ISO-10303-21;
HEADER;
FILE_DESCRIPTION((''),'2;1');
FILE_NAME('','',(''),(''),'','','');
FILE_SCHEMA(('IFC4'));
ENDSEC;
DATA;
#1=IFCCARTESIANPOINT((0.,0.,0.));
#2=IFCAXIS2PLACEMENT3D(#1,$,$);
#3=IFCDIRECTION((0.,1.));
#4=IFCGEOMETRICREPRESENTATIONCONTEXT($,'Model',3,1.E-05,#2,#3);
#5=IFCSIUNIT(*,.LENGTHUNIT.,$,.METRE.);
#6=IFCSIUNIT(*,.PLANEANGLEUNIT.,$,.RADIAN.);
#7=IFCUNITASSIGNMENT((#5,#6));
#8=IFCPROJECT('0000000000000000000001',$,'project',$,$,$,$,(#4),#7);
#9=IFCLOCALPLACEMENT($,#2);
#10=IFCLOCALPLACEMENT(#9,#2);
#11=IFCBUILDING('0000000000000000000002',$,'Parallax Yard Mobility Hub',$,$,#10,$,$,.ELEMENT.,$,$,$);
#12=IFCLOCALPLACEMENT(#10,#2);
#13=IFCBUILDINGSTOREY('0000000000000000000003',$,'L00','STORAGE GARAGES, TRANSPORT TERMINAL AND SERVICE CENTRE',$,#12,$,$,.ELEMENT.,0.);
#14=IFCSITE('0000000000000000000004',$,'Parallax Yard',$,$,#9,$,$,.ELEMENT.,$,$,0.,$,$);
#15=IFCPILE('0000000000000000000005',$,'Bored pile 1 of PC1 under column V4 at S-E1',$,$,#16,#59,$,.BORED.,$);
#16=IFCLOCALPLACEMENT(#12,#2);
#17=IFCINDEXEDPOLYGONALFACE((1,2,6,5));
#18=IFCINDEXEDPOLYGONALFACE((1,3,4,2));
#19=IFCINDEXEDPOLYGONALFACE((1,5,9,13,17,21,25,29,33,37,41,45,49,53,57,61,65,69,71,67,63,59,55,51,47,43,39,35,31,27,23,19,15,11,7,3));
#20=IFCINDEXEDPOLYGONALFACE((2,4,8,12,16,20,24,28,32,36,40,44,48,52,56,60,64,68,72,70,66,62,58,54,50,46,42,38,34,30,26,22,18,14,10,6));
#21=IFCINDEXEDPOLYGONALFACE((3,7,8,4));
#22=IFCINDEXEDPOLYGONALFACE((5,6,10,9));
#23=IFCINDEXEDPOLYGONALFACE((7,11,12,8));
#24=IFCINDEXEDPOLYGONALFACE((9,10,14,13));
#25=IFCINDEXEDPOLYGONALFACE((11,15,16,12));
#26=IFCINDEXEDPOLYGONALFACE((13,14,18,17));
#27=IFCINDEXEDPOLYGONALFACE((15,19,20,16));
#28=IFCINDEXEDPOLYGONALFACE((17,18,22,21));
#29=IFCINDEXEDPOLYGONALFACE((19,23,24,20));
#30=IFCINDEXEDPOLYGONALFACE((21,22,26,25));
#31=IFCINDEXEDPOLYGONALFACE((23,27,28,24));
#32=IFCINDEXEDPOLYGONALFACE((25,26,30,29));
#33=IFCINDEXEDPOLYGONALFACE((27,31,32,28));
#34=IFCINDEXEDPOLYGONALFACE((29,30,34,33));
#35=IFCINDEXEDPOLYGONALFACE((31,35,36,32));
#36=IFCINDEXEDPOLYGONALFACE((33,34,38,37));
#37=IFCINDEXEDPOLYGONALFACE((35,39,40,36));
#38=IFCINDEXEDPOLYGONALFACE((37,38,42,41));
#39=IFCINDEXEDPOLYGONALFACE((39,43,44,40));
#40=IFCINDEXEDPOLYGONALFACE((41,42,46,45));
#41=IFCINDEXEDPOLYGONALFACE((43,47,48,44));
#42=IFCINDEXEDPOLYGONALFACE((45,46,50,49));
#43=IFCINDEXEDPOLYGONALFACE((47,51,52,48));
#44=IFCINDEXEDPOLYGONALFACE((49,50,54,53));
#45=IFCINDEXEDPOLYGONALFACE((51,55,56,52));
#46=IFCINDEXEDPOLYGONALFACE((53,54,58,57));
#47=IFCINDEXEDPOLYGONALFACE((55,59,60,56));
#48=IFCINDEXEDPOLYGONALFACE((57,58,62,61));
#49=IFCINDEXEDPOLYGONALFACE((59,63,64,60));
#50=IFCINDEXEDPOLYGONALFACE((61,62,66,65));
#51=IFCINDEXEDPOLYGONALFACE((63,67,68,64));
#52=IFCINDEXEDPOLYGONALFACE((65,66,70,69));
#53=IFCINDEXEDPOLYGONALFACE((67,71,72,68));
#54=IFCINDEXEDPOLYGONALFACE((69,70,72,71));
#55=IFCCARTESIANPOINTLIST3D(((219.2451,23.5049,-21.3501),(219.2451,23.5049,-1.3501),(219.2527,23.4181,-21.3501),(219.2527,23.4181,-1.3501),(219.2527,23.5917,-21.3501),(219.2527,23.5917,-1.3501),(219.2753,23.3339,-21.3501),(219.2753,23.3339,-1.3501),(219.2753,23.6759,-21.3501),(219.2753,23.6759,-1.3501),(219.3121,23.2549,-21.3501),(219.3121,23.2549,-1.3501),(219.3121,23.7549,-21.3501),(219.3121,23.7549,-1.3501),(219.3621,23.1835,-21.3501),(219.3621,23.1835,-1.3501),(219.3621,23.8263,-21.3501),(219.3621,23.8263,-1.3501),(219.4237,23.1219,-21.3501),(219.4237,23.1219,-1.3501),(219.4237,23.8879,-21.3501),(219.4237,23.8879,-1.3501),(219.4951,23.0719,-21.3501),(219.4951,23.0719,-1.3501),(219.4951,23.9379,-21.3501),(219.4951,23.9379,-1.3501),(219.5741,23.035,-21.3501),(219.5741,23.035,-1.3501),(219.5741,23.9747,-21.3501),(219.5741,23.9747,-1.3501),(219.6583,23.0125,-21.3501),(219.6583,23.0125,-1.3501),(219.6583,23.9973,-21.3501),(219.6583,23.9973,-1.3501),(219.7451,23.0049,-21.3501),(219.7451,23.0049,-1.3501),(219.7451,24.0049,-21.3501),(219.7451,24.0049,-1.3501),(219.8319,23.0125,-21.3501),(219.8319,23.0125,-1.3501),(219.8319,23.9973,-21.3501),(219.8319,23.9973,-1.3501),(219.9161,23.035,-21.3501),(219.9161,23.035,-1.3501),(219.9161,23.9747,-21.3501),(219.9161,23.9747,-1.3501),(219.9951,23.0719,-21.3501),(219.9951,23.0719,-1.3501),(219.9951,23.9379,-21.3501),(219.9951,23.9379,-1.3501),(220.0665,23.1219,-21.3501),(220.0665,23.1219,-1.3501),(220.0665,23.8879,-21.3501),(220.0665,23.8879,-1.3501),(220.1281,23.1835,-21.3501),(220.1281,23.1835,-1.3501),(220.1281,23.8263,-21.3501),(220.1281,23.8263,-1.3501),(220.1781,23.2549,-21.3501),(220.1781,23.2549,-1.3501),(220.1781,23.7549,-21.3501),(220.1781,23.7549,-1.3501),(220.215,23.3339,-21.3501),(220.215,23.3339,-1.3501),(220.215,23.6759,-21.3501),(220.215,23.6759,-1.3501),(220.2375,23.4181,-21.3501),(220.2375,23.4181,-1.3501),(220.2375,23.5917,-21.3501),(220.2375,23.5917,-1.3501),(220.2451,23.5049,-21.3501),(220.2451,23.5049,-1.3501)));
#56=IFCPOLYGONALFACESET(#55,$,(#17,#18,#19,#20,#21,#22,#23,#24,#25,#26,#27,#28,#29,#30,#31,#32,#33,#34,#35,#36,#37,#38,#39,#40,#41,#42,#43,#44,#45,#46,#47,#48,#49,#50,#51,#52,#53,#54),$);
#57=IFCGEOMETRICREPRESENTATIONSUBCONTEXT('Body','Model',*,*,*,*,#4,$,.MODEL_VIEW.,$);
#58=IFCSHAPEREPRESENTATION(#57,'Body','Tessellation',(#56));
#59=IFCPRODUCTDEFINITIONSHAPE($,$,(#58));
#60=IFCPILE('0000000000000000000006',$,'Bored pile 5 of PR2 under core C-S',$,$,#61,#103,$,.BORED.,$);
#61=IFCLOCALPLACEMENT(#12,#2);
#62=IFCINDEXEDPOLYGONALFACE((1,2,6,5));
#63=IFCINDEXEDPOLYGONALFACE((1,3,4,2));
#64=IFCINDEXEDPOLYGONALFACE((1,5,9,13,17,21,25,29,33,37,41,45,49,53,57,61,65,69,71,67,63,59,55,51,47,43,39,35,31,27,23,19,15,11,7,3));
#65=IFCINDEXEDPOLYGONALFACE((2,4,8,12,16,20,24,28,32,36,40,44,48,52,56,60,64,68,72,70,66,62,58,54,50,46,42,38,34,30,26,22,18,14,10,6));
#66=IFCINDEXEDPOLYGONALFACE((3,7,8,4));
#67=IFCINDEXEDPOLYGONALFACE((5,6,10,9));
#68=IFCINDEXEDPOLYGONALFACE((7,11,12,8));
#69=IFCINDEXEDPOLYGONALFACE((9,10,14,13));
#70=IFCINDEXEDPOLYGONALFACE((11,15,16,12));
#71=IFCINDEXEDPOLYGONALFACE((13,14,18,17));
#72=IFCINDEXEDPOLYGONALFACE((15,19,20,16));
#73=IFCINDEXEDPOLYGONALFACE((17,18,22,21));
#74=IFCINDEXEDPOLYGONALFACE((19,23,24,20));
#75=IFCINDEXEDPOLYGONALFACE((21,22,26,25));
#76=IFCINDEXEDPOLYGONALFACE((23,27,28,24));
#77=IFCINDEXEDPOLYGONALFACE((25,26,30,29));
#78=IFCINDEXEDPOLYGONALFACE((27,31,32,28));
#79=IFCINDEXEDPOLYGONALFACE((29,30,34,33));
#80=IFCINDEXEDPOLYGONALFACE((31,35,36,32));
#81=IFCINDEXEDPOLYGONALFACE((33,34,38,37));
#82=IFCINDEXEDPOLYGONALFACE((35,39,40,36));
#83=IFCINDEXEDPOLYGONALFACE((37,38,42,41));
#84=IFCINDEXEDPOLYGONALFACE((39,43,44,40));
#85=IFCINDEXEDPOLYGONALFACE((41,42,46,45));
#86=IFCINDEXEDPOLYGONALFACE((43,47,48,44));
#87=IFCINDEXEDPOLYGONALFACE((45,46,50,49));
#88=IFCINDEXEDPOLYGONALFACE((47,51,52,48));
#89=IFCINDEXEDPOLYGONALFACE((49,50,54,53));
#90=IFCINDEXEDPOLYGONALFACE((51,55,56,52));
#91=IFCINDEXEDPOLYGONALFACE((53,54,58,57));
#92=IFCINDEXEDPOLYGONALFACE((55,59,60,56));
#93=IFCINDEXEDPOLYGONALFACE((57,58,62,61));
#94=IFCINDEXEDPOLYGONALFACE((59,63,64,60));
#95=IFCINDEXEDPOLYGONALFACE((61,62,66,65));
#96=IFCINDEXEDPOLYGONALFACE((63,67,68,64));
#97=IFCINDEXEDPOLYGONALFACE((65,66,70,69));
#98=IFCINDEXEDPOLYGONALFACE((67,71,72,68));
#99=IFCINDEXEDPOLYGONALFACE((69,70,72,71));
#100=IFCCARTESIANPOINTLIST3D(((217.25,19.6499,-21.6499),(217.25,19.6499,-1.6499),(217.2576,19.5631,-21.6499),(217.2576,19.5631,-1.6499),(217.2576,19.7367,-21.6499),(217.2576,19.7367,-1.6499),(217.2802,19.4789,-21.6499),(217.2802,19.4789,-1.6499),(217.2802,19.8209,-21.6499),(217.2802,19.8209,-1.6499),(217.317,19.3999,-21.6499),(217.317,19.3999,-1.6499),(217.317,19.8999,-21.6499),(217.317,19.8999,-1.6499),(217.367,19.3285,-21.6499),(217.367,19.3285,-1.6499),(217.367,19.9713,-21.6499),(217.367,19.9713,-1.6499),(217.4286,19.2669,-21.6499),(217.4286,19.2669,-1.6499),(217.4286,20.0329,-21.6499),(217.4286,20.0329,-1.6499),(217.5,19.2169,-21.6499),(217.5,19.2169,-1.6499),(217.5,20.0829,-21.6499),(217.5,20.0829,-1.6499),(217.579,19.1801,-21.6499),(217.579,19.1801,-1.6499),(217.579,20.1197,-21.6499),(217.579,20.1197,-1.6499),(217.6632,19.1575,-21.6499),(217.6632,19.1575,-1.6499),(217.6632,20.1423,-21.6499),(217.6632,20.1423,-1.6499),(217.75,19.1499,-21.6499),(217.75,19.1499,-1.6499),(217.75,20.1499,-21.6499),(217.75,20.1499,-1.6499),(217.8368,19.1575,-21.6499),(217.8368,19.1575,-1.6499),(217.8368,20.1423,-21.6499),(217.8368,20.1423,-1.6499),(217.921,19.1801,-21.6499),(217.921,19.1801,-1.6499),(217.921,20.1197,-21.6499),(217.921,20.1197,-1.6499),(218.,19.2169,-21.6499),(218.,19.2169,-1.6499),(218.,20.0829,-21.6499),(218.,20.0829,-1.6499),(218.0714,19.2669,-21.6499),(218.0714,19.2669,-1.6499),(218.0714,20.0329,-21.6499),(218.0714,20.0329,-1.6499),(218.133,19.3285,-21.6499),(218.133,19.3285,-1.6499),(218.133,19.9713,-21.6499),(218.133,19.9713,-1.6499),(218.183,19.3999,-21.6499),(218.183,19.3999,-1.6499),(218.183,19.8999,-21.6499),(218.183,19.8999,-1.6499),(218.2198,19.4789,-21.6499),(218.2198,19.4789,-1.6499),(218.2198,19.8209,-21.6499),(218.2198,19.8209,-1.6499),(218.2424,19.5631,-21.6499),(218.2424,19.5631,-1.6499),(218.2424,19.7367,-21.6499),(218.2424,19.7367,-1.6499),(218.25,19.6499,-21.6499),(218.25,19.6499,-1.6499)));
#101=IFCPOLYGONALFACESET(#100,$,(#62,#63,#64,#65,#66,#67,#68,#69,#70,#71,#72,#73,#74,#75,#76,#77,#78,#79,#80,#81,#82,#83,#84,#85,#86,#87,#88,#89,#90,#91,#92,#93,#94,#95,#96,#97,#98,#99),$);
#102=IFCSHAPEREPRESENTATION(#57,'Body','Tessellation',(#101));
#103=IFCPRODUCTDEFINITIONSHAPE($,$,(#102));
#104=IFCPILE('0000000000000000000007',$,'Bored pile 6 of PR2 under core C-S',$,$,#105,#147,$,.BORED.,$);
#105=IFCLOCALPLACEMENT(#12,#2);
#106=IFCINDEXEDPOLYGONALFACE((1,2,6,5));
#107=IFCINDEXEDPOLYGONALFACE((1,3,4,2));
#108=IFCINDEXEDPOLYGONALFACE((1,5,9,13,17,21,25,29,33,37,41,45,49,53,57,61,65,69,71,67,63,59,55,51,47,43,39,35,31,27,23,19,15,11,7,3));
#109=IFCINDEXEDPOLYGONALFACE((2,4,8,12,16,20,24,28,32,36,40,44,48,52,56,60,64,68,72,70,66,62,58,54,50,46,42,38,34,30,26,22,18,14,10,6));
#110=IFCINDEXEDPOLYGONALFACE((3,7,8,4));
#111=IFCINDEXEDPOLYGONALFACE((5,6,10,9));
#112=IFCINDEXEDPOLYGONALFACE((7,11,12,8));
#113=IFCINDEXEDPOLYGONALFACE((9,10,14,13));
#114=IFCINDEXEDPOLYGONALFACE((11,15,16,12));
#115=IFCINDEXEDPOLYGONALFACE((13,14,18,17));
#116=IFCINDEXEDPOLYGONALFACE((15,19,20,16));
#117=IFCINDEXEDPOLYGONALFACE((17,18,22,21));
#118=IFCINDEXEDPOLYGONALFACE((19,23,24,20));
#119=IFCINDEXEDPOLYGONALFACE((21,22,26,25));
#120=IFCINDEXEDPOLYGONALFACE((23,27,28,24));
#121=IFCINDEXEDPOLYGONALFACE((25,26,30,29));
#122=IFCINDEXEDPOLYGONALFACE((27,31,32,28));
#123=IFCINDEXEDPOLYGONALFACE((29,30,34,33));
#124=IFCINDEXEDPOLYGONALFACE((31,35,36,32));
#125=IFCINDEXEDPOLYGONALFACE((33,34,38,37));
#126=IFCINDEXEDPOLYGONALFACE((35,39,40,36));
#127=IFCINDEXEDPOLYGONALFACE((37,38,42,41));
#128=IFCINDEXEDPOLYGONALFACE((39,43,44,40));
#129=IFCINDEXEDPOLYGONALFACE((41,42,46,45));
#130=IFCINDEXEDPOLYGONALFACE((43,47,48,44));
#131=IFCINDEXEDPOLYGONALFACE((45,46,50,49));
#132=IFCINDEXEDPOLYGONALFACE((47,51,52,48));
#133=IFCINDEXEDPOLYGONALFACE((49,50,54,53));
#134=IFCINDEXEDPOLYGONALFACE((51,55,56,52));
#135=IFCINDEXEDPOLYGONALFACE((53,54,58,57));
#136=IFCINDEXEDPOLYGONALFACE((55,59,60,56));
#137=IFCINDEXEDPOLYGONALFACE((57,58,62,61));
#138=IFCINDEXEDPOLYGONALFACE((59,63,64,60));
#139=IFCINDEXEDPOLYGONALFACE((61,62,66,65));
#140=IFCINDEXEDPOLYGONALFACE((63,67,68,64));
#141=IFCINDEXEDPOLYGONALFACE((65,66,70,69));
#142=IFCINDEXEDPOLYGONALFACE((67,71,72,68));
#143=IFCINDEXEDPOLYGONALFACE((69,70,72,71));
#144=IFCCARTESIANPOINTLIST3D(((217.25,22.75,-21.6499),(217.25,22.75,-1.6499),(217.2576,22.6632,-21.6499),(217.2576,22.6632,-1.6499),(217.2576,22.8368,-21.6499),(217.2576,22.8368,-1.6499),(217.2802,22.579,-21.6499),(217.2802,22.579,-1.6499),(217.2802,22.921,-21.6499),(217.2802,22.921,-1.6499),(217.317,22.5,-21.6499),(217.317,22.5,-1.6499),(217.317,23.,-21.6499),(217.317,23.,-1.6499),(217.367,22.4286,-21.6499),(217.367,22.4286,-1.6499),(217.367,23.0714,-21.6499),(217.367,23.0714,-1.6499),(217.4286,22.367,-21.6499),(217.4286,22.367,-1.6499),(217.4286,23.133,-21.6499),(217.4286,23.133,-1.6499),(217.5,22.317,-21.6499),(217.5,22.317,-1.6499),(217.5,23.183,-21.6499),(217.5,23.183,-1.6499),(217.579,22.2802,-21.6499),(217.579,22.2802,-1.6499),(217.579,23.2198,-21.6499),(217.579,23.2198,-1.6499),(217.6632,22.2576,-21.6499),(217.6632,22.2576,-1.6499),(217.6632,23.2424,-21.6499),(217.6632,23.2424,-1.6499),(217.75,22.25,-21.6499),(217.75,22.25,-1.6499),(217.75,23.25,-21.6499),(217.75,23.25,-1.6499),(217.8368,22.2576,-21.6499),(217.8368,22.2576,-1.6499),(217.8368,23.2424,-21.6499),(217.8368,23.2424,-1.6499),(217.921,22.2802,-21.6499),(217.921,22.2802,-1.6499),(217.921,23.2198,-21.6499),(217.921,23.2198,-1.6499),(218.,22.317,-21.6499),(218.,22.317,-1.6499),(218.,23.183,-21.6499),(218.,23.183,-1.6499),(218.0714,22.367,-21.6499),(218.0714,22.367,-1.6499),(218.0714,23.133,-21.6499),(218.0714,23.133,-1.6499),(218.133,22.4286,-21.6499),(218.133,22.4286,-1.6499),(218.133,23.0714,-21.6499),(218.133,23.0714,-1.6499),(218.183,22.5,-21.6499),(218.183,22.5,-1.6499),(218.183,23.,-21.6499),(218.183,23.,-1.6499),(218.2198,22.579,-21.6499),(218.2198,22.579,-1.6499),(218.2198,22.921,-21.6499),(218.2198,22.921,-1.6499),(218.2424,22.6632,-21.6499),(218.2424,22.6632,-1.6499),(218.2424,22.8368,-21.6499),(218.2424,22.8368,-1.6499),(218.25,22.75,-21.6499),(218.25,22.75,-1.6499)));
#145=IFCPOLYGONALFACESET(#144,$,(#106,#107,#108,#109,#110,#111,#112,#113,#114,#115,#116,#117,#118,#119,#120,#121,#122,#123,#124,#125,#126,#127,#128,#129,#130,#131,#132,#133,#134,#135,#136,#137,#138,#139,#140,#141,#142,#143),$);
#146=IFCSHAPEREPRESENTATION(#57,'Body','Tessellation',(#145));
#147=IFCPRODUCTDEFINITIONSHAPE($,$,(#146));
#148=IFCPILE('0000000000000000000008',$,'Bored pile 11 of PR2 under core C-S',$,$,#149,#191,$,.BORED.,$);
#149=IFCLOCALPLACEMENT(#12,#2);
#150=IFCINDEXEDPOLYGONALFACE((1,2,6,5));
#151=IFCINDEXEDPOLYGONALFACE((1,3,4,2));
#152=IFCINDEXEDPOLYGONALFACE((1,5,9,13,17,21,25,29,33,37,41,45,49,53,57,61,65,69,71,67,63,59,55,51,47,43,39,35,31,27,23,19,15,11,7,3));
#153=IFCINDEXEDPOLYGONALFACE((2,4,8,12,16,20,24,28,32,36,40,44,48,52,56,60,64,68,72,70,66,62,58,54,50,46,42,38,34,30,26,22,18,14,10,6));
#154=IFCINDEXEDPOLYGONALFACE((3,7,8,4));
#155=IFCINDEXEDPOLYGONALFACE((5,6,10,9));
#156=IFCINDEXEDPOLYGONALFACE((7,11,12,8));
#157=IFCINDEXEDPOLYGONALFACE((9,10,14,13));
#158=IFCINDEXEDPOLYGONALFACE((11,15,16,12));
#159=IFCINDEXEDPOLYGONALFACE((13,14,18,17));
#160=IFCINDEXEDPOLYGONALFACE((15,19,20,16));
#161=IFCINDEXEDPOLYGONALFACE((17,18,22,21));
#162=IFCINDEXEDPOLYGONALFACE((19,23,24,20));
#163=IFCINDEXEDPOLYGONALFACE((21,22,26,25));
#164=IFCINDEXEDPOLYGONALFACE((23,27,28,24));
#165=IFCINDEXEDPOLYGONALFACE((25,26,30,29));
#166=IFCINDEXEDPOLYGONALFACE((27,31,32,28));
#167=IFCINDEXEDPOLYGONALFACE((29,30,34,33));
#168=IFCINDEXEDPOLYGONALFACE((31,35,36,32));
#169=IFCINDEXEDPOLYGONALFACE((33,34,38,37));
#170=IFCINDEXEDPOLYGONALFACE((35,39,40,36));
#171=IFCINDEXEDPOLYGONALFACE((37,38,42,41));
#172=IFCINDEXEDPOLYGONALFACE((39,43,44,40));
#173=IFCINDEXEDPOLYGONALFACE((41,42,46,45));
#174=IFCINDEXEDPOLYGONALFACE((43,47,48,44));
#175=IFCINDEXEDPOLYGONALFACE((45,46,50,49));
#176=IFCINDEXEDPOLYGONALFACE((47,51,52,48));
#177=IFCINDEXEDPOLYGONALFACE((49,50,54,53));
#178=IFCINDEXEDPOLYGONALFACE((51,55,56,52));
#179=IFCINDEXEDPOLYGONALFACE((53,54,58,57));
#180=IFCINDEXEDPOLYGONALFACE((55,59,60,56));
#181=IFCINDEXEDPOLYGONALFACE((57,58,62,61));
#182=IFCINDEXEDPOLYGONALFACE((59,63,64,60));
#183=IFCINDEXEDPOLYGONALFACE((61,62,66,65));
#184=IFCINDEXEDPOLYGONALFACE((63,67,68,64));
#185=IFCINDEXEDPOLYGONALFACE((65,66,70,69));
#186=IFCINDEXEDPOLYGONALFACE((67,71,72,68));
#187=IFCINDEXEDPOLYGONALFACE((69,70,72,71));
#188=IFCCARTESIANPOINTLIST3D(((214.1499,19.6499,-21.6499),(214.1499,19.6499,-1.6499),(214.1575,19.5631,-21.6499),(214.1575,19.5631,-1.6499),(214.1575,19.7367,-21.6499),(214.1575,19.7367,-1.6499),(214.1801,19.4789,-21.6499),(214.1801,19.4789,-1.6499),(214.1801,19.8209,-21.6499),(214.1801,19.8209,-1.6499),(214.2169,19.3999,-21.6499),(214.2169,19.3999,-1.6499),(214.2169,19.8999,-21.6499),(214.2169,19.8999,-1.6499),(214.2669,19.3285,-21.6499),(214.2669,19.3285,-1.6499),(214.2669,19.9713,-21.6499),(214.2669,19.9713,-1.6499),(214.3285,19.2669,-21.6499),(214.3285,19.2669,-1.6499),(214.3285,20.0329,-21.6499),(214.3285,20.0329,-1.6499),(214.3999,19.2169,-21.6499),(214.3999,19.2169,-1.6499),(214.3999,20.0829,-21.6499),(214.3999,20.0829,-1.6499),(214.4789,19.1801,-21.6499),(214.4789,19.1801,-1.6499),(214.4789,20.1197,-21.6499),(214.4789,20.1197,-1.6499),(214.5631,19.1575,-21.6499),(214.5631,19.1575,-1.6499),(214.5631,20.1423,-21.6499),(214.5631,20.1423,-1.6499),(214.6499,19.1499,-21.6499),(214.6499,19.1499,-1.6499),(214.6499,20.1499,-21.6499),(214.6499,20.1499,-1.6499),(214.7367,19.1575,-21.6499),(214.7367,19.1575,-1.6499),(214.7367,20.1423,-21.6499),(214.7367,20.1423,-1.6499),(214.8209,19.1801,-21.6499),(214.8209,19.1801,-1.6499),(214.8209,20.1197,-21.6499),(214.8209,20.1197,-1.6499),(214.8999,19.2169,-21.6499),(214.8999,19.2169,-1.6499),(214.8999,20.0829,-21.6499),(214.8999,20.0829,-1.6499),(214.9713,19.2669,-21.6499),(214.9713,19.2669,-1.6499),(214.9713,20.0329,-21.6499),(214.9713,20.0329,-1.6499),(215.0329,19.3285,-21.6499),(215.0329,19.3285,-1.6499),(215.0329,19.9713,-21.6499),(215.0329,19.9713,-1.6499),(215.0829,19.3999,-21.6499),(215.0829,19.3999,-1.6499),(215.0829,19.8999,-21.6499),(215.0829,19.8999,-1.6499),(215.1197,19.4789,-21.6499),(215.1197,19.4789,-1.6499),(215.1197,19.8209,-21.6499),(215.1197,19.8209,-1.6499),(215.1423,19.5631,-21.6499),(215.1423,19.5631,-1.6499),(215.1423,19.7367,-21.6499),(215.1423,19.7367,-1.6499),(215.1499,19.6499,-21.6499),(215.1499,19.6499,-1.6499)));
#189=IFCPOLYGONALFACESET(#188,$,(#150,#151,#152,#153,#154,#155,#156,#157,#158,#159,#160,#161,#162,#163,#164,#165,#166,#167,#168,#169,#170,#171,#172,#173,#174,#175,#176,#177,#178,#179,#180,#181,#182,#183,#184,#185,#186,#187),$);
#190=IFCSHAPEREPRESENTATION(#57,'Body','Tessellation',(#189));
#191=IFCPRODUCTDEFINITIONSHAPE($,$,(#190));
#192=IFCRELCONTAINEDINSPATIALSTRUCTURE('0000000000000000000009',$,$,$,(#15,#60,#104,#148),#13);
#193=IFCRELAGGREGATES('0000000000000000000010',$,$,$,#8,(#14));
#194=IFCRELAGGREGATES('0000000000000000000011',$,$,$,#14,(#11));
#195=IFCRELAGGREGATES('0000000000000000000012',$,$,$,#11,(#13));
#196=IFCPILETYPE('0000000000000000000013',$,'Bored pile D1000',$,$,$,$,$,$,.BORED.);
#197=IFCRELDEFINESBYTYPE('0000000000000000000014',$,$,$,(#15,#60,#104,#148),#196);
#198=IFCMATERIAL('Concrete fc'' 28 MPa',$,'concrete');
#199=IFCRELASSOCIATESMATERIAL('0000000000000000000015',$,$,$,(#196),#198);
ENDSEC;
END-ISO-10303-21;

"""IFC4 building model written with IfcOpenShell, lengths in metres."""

from ifc_helpers import new_model, si_unit, direction, frame, origin, origin_2d, place, context, subcontext, project, spatial, circle, extrude, material, material_profile, profile_set, type_object, element, save


model = new_model("IFC4")

# Units and contexts
model_context = context("Model", 3, precision=1e-05, world=origin(), true_north=direction((0.0, 1.0)))
body_context = subcontext(model_context, "Body", "Model", "MODEL_VIEW")
ifc_project = project(units=[si_unit("LENGTHUNIT", "METRE"), si_unit("PLANEANGLEUNIT", "RADIAN")], contexts=[model_context])

# Site, building, storey
site_placement = place(None, origin())
site = spatial("IfcSite", under=ifc_project, at=site_placement, Name="Parallax Yard", CompositionType="ELEMENT", RefElevation=0.0)
building_placement = place(site_placement, origin())
building = spatial("IfcBuilding", under=site, at=building_placement, Name="Parallax Yard Mobility Hub", CompositionType="ELEMENT")
storey_placement = place(building_placement, origin())
storey = spatial("IfcBuildingStorey", under=building, at=storey_placement, Name="L00", Description="STORAGE GARAGES, TRANSPORT TERMINAL AND SERVICE CENTRE", CompositionType="ELEMENT", Elevation=0.0)

# Piles
ifc_material_1 = material(Name="Concrete fc' 28 MPa", Category="concrete")
ifc_material_profile_1 = material_profile(ifc_material_1, circle(Radius=0.5, at=origin_2d()), Name="Bored pile D1000")
ifc_profile_set_1 = profile_set([ifc_material_profile_1], Name="Concrete fc' 28 MPa")
pile_type = type_object("IfcPileType", Name="Bored pile D1000", PredefinedType="BORED", material=ifc_profile_set_1)
for number, where, z_axis, x_axis, name in (
    (1, (219.7451, 23.5049, -1.3501), (0.0, 0.0, -1.0), (1.0, 0.0, 0.0), "Bored pile 1 of PC1 under column V4 at S-E1"),
    (2, (217.75, 19.6499, -1.6499), (0.0, 0.0, -1.0), (1.0, 0.0, 0.0), "Bored pile 5 of PR2 under core C-S"),
    (3, (217.75, 22.75, -1.6499), (0.0, 0.0, -1.0), (1.0, 0.0, 0.0), "Bored pile 6 of PR2 under core C-S"),
    (4, (214.6499, 19.6499, -1.6499), (0.0, 0.0, -1.0), (1.0, 0.0, 0.0), "Bored pile 11 of PR2 under core C-S"),
):
    element("IfcPile", number, at=place(storey_placement, frame(where, z_axis=z_axis, x_axis=x_axis)), inside=storey, type_object=pile_type, Name=name, PredefinedType="BORED", context=body_context, shape_type="SweptSolid", body=[
        extrude(circle(Radius=0.5, at=origin_2d()), origin(), (0.0, 0.0, 1.0), 20.0),
    ])

save(model, "model.ifc")
